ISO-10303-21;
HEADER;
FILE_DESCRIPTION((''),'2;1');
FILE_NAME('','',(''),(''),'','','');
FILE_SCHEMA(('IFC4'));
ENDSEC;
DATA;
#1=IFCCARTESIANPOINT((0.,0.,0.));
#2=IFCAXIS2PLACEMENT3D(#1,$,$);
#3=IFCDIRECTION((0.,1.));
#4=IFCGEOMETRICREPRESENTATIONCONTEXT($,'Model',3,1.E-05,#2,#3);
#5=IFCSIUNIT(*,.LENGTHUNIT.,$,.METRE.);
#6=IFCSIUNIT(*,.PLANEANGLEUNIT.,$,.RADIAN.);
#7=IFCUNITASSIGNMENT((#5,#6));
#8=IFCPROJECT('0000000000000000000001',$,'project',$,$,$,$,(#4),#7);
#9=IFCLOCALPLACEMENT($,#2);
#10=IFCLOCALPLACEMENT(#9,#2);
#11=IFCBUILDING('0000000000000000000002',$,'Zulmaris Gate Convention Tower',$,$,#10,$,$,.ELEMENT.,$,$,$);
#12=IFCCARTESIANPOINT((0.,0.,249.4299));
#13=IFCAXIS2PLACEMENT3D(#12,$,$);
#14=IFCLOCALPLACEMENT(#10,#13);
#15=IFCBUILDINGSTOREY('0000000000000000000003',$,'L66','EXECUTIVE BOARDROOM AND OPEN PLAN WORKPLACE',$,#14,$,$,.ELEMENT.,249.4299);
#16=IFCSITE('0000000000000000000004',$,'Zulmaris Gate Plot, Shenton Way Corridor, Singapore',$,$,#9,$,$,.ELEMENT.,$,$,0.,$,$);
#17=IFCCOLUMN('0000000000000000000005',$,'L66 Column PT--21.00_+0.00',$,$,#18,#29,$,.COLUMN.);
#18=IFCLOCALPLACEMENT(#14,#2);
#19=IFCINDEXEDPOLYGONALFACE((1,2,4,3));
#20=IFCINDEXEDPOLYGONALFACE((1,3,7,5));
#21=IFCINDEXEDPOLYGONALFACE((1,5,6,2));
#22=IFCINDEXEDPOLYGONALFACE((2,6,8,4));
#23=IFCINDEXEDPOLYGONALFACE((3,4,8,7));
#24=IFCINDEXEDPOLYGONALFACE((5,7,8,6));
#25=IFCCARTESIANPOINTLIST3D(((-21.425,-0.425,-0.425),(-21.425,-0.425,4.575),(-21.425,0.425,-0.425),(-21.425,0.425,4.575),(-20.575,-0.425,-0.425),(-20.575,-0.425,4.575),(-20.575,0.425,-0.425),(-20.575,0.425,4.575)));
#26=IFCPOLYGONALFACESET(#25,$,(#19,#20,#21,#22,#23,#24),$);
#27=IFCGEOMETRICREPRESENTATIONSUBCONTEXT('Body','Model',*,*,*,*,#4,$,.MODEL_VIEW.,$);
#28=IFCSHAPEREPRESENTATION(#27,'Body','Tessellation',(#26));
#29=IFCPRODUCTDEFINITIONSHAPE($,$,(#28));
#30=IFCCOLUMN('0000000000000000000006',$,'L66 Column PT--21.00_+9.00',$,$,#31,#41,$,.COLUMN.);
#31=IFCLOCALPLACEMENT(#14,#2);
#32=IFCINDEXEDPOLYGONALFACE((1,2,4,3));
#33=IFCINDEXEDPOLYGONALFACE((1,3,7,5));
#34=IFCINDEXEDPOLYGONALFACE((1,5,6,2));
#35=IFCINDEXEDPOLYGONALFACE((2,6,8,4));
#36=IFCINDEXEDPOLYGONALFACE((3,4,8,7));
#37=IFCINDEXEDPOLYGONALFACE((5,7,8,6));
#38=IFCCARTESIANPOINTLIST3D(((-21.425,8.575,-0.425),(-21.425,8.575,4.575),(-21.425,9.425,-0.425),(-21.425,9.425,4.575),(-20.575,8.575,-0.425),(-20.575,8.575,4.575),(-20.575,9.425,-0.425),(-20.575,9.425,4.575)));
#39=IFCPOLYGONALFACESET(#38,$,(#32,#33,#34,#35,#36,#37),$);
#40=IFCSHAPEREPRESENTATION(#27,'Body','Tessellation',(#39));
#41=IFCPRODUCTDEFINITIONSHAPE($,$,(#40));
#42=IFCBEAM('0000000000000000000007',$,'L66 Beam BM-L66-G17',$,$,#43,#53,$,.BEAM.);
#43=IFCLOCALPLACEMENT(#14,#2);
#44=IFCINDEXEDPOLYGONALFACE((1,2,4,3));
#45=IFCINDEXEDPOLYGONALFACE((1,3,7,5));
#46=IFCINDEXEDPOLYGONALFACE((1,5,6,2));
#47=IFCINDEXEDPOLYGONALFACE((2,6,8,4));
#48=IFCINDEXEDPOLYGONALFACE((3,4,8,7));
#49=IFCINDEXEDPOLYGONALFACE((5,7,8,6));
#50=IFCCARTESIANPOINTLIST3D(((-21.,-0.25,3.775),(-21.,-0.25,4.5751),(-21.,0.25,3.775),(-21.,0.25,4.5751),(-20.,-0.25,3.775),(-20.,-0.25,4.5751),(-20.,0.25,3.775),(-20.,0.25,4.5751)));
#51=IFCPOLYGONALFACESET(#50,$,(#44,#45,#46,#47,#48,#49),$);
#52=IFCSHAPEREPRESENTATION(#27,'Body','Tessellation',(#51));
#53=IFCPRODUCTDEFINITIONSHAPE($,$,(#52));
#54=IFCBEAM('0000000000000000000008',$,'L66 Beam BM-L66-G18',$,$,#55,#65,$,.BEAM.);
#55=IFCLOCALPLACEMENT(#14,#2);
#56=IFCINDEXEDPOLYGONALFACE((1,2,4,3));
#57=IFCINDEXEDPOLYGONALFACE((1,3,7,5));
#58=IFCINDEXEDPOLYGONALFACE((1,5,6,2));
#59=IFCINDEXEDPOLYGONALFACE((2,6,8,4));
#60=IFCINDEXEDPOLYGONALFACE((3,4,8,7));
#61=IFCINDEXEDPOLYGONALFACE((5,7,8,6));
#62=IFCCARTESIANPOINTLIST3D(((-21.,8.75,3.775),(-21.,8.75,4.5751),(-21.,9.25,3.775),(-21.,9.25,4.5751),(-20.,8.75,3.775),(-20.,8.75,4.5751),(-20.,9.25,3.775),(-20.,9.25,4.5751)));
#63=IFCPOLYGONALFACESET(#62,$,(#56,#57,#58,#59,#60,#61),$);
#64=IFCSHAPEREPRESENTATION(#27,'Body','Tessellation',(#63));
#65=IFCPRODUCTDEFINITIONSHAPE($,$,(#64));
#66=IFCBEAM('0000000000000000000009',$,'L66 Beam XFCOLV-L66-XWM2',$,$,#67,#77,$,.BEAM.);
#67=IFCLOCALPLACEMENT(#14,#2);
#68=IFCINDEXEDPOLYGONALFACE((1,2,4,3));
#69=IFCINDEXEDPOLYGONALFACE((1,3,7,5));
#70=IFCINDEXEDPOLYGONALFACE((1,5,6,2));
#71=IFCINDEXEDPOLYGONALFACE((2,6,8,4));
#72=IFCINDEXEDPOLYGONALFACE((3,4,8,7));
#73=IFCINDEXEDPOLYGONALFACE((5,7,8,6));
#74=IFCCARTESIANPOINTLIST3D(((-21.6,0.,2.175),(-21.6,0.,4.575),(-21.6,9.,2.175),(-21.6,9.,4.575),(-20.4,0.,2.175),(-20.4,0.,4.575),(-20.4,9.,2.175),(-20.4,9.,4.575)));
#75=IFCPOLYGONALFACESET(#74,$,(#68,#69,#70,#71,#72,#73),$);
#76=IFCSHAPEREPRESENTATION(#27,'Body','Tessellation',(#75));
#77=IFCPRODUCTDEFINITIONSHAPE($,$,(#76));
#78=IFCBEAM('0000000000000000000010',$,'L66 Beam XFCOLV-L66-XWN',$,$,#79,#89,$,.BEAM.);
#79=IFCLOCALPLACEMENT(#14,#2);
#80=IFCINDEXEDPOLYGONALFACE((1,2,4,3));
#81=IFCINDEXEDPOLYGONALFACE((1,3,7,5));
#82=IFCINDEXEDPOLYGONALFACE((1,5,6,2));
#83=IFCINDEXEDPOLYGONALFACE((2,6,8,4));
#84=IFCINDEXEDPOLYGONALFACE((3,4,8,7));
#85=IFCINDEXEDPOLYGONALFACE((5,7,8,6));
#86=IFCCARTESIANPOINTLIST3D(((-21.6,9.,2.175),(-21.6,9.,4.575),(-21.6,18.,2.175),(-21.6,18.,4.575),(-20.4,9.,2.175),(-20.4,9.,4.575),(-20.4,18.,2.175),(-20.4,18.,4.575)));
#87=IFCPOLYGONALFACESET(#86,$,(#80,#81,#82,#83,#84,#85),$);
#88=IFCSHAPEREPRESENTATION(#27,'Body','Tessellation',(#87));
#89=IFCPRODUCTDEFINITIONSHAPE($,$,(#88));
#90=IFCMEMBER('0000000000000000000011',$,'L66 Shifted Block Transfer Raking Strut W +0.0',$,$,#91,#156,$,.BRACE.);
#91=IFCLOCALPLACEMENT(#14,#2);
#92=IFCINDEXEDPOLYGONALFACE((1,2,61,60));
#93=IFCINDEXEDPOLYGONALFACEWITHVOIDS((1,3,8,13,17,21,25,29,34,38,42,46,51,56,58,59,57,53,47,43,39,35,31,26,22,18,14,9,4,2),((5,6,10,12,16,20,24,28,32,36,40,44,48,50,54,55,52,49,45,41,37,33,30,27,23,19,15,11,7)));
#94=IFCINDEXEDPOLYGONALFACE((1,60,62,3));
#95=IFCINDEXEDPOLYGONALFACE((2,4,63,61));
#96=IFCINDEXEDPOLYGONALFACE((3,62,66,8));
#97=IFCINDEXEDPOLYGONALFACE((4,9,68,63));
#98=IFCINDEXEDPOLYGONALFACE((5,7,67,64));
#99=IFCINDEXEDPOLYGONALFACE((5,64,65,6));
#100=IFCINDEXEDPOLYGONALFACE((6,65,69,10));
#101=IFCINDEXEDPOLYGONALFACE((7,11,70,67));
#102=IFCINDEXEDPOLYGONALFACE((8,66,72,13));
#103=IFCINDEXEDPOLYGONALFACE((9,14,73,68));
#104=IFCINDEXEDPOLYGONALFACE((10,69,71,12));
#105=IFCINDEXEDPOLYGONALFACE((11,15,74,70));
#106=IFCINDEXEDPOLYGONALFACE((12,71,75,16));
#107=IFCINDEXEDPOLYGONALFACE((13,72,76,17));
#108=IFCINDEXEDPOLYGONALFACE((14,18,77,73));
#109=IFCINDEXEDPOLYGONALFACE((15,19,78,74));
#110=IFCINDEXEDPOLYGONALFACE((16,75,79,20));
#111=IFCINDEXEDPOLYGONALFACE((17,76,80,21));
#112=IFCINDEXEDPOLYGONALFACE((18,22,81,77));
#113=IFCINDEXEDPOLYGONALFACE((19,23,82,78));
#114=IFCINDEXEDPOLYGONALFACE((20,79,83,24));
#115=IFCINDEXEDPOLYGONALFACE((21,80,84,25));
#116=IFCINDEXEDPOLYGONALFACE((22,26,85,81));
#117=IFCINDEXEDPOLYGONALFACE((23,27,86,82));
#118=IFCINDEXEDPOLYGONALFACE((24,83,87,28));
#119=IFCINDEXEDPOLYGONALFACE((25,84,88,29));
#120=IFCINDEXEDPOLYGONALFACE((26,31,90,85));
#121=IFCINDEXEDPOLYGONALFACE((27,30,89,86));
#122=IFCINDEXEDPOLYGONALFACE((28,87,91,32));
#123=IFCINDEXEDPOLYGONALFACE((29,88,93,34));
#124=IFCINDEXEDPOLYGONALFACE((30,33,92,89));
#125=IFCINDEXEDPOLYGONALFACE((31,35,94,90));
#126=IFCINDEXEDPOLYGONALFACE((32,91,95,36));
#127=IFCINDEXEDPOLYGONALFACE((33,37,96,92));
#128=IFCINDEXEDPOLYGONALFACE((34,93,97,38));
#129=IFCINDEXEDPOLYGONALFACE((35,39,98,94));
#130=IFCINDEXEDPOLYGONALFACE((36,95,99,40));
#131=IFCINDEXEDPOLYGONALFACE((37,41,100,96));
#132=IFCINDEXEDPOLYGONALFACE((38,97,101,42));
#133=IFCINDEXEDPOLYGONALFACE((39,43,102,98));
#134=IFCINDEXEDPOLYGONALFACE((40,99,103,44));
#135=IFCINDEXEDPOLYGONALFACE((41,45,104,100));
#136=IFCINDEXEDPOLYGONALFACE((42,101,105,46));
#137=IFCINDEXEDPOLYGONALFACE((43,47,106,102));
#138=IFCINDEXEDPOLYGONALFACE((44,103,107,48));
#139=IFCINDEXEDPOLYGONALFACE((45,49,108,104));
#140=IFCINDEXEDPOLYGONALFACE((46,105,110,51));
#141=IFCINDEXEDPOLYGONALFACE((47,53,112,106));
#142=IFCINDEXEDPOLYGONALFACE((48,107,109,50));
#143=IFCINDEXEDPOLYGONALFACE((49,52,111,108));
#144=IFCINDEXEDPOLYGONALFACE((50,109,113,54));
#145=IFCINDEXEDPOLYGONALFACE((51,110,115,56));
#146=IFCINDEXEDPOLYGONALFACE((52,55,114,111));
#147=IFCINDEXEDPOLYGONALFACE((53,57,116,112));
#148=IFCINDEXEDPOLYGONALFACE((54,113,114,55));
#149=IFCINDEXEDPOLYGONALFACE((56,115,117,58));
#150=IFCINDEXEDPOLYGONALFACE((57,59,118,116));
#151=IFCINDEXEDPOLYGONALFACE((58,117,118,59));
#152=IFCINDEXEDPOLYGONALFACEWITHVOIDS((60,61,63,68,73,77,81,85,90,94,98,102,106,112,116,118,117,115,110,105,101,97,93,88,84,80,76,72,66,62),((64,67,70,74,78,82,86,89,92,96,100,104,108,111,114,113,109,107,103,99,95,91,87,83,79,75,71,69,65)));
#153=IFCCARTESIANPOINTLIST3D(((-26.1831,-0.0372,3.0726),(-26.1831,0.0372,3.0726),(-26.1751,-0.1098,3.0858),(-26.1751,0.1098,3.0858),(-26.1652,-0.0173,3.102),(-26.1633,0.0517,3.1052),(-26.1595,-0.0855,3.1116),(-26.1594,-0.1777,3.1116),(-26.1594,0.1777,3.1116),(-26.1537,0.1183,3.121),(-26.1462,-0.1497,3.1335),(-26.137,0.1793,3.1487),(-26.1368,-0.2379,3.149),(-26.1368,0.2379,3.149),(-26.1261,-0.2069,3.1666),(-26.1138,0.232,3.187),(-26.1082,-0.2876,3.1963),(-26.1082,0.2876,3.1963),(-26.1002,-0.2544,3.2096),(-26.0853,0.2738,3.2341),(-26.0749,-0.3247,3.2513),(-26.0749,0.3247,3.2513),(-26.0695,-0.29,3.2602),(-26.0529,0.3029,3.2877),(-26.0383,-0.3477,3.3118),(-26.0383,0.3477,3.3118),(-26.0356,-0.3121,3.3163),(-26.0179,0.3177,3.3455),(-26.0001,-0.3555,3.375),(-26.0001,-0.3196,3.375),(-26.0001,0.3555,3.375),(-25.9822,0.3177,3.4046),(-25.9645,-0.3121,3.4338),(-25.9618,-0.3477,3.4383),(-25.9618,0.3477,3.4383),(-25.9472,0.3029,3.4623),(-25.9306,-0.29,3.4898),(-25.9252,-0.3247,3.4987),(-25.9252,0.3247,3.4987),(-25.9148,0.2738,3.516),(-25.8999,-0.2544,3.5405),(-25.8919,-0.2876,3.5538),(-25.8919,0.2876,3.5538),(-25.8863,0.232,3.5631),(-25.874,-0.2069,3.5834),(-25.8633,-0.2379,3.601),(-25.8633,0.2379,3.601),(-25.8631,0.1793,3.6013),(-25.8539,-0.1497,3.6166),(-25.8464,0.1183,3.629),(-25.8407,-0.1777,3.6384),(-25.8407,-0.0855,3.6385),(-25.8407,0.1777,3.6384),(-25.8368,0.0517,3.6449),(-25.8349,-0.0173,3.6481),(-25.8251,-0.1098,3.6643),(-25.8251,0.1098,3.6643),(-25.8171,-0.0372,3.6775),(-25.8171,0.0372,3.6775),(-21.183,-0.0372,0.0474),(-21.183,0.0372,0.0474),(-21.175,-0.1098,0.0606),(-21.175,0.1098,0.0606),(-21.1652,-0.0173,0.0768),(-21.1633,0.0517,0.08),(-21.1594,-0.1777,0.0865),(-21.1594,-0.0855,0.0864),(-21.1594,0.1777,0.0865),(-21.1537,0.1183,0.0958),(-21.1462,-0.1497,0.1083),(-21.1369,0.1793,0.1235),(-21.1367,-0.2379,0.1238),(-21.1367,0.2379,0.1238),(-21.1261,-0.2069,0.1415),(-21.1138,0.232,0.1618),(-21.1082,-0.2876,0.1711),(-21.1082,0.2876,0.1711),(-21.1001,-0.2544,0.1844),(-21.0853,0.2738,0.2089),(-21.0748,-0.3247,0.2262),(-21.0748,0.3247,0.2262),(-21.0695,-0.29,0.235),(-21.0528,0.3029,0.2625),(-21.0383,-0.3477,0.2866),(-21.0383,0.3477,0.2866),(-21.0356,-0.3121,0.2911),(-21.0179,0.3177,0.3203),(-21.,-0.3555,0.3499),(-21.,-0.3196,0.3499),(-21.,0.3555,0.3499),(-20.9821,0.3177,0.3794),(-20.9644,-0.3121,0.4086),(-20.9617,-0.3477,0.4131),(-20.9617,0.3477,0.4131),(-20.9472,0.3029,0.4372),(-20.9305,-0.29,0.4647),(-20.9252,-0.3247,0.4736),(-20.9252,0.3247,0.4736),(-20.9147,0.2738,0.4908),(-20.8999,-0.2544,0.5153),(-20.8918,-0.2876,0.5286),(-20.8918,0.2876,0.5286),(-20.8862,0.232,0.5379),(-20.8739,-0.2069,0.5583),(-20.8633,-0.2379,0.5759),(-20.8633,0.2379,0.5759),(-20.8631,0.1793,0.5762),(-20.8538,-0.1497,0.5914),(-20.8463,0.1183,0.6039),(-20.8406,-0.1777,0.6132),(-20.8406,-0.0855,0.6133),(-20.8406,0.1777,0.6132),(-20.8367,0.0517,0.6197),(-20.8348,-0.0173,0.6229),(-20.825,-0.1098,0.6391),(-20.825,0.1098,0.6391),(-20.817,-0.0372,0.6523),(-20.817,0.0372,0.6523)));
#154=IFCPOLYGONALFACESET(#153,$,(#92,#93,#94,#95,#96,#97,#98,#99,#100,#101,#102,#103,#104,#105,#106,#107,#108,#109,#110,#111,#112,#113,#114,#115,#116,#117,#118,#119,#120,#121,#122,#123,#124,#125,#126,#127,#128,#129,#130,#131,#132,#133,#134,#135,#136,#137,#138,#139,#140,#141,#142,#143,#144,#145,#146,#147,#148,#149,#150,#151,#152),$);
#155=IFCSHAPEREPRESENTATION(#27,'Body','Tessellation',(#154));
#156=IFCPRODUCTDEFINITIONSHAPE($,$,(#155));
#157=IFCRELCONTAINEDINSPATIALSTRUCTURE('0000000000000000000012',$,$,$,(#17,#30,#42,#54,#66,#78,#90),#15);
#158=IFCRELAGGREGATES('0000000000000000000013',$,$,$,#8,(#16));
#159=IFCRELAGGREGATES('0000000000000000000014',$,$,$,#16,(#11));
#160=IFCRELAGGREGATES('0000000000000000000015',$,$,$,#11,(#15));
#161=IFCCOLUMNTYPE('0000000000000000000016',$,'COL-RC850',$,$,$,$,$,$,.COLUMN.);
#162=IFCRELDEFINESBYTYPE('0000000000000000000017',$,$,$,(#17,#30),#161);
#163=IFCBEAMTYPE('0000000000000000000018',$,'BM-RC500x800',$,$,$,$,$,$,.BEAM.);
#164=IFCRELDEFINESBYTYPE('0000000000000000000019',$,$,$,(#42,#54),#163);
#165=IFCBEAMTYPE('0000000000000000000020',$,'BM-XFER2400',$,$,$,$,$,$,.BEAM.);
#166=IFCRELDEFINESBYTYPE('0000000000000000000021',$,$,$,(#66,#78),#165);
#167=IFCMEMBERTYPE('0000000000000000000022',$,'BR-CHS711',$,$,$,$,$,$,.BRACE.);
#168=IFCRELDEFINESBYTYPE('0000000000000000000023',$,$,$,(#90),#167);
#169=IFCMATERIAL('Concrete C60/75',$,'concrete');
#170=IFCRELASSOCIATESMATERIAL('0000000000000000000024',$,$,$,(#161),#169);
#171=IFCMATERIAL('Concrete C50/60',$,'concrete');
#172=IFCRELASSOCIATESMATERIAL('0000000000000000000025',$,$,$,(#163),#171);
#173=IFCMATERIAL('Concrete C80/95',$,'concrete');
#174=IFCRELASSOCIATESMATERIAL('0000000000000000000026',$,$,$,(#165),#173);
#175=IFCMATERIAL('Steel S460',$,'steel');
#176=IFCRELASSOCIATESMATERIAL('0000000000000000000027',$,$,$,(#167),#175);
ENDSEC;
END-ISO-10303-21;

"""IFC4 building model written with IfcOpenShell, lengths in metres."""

from ifc_helpers import new_model, si_unit, direction, frame, origin, origin_2d, place, context, subcontext, project, spatial, rectangle, hollow_circle, extrude, material, material_profile, profile_set, type_object, element, save


model = new_model("IFC4")

# Units and contexts
model_context = context("Model", 3, precision=1e-05, world=origin(), true_north=direction((0.0, 1.0)))
body_context = subcontext(model_context, "Body", "Model", "MODEL_VIEW")
ifc_project = project(units=[si_unit("LENGTHUNIT", "METRE"), si_unit("PLANEANGLEUNIT", "RADIAN")], contexts=[model_context])

# Site, building, storey
site_placement = place(None, origin())
site = spatial("IfcSite", under=ifc_project, at=site_placement, Name="Zulmaris Gate Plot, Shenton Way Corridor, Singapore", CompositionType="ELEMENT", RefElevation=0.0)
building_placement = place(site_placement, origin())
building = spatial("IfcBuilding", under=site, at=building_placement, Name="Zulmaris Gate Convention Tower", CompositionType="ELEMENT")
storey_placement = place(building_placement, frame((0.0, 0.0, 249.4299)))
storey = spatial("IfcBuildingStorey", under=building, at=storey_placement, Name="L66", Description="EXECUTIVE BOARDROOM AND OPEN PLAN WORKPLACE", CompositionType="ELEMENT", Elevation=249.4299)

# Columns
ifc_material_1 = material(Name="Concrete C60/75", Category="concrete")
ifc_material_profile_1 = material_profile(ifc_material_1, rectangle(XDim=0.8501, YDim=0.8501, at=origin_2d()), Name="RC COL 850x850")
ifc_profile_set_1 = profile_set([ifc_material_profile_1], Name="Concrete C60/75")
column_type = type_object("IfcColumnType", Name="COL-RC850", PredefinedType="COLUMN", material=ifc_profile_set_1)
for number, where, z_axis, x_axis, name in (
    (1, (-21.0, 0.0, -0.425), (0.0, 0.0, 1.0), (1.0, 0.0, 0.0), "L66 Column PT--21.00_+0.00"),
    (2, (-21.0, 9.0, -0.425), (0.0, 0.0, 1.0), (1.0, 0.0, 0.0), "L66 Column PT--21.00_+9.00"),
):
    element("IfcColumn", number, at=place(storey_placement, frame(where, z_axis=z_axis, x_axis=x_axis)), inside=storey, type_object=column_type, Name=name, PredefinedType="COLUMN", context=body_context, shape_type="SweptSolid", body=[
        extrude(rectangle(XDim=0.8501, YDim=0.8501, at=origin_2d()), origin(), (0.0, 0.0, 1.0), 5.0),
    ])

# Beams
ifc_material_2 = material(Name="Concrete C50/60", Category="concrete")
ifc_material_profile_2 = material_profile(ifc_material_2, rectangle(XDim=0.5, YDim=0.8, at=origin_2d()), Name="RC BEAM 500x800")
ifc_profile_set_2 = profile_set([ifc_material_profile_2], Name="Concrete C50/60")
beam_type_1 = type_object("IfcBeamType", Name="BM-RC500x800", PredefinedType="BEAM", material=ifc_profile_set_2)
for number, where, z_axis, x_axis, name in (
    (3, (-21.0, 0.0, 4.175), (1.0, 0.0, 0.0), (0.0, 1.0, 0.0), "L66 Beam BM-L66-G17"),
    (4, (-21.0, 9.0, 4.175), (1.0, 0.0, 0.0), (0.0, 1.0, 0.0), "L66 Beam BM-L66-G18"),
):
    element("IfcBeam", number, at=place(storey_placement, frame(where, z_axis=z_axis, x_axis=x_axis)), inside=storey, type_object=beam_type_1, Name=name, PredefinedType="BEAM", context=body_context, shape_type="SweptSolid", body=[
        extrude(rectangle(XDim=0.5, YDim=0.8, at=origin_2d()), origin(), (0.0, 0.0, 1.0), 1.0),
    ])
ifc_material_3 = material(Name="Concrete C80/95", Category="concrete")
ifc_material_profile_3 = material_profile(ifc_material_3, rectangle(XDim=1.2, YDim=2.3999, at=origin_2d()), Name="RC TRANSFER 1200x2400")
ifc_profile_set_3 = profile_set([ifc_material_profile_3], Name="Concrete C80/95")
beam_type_2 = type_object("IfcBeamType", Name="BM-XFER2400", PredefinedType="BEAM", material=ifc_profile_set_3)
for number, where, z_axis, x_axis, name in (
    (5, (-21.0, 0.0, 3.375), (0.0, 1.0, 0.0), (-1.0, 0.0, 0.0), "L66 Beam XFCOLV-L66-XWM2"),
    (6, (-21.0, 9.0, 3.375), (0.0, 1.0, 0.0), (-1.0, 0.0, 0.0), "L66 Beam XFCOLV-L66-XWN"),
):
    element("IfcBeam", number, at=place(storey_placement, frame(where, z_axis=z_axis, x_axis=x_axis)), inside=storey, type_object=beam_type_2, Name=name, PredefinedType="BEAM", context=body_context, shape_type="SweptSolid", body=[
        extrude(rectangle(XDim=1.2, YDim=2.3999, at=origin_2d()), origin(), (0.0, 0.0, 1.0), 9.0),
    ])

# Member
ifc_material_4 = material(Name="Steel S460", Category="steel")
ifc_material_profile_4 = material_profile(ifc_material_4, hollow_circle(Radius=0.3555, WallThickness=0.0359, at=origin_2d()), Name="CHS 711x36")
ifc_profile_set_4 = profile_set([ifc_material_profile_4], Name="Steel S460")
member_type_1 = type_object("IfcMemberType", Name="BR-CHS711", PredefinedType="BRACE", material=ifc_profile_set_4)
for number, where, z_axis, x_axis, name in (
    (7, (-21.0, 0.0, 0.3499), (-0.855589, 0.0, 0.517656), (0.0, -1.0, 0.0), "L66 Shifted Block Transfer Raking Strut W +0.0"),
):
    element("IfcMember", number, at=place(storey_placement, frame(where, z_axis=z_axis, x_axis=x_axis)), inside=storey, type_object=member_type_1, Name=name, PredefinedType="BRACE", context=body_context, shape_type="SweptSolid", body=[
        extrude(hollow_circle(Radius=0.3555, WallThickness=0.0359, at=origin_2d()), origin(), (0.0, 0.0, 1.0), 5.844),
    ])

save(model, "model.ifc")
